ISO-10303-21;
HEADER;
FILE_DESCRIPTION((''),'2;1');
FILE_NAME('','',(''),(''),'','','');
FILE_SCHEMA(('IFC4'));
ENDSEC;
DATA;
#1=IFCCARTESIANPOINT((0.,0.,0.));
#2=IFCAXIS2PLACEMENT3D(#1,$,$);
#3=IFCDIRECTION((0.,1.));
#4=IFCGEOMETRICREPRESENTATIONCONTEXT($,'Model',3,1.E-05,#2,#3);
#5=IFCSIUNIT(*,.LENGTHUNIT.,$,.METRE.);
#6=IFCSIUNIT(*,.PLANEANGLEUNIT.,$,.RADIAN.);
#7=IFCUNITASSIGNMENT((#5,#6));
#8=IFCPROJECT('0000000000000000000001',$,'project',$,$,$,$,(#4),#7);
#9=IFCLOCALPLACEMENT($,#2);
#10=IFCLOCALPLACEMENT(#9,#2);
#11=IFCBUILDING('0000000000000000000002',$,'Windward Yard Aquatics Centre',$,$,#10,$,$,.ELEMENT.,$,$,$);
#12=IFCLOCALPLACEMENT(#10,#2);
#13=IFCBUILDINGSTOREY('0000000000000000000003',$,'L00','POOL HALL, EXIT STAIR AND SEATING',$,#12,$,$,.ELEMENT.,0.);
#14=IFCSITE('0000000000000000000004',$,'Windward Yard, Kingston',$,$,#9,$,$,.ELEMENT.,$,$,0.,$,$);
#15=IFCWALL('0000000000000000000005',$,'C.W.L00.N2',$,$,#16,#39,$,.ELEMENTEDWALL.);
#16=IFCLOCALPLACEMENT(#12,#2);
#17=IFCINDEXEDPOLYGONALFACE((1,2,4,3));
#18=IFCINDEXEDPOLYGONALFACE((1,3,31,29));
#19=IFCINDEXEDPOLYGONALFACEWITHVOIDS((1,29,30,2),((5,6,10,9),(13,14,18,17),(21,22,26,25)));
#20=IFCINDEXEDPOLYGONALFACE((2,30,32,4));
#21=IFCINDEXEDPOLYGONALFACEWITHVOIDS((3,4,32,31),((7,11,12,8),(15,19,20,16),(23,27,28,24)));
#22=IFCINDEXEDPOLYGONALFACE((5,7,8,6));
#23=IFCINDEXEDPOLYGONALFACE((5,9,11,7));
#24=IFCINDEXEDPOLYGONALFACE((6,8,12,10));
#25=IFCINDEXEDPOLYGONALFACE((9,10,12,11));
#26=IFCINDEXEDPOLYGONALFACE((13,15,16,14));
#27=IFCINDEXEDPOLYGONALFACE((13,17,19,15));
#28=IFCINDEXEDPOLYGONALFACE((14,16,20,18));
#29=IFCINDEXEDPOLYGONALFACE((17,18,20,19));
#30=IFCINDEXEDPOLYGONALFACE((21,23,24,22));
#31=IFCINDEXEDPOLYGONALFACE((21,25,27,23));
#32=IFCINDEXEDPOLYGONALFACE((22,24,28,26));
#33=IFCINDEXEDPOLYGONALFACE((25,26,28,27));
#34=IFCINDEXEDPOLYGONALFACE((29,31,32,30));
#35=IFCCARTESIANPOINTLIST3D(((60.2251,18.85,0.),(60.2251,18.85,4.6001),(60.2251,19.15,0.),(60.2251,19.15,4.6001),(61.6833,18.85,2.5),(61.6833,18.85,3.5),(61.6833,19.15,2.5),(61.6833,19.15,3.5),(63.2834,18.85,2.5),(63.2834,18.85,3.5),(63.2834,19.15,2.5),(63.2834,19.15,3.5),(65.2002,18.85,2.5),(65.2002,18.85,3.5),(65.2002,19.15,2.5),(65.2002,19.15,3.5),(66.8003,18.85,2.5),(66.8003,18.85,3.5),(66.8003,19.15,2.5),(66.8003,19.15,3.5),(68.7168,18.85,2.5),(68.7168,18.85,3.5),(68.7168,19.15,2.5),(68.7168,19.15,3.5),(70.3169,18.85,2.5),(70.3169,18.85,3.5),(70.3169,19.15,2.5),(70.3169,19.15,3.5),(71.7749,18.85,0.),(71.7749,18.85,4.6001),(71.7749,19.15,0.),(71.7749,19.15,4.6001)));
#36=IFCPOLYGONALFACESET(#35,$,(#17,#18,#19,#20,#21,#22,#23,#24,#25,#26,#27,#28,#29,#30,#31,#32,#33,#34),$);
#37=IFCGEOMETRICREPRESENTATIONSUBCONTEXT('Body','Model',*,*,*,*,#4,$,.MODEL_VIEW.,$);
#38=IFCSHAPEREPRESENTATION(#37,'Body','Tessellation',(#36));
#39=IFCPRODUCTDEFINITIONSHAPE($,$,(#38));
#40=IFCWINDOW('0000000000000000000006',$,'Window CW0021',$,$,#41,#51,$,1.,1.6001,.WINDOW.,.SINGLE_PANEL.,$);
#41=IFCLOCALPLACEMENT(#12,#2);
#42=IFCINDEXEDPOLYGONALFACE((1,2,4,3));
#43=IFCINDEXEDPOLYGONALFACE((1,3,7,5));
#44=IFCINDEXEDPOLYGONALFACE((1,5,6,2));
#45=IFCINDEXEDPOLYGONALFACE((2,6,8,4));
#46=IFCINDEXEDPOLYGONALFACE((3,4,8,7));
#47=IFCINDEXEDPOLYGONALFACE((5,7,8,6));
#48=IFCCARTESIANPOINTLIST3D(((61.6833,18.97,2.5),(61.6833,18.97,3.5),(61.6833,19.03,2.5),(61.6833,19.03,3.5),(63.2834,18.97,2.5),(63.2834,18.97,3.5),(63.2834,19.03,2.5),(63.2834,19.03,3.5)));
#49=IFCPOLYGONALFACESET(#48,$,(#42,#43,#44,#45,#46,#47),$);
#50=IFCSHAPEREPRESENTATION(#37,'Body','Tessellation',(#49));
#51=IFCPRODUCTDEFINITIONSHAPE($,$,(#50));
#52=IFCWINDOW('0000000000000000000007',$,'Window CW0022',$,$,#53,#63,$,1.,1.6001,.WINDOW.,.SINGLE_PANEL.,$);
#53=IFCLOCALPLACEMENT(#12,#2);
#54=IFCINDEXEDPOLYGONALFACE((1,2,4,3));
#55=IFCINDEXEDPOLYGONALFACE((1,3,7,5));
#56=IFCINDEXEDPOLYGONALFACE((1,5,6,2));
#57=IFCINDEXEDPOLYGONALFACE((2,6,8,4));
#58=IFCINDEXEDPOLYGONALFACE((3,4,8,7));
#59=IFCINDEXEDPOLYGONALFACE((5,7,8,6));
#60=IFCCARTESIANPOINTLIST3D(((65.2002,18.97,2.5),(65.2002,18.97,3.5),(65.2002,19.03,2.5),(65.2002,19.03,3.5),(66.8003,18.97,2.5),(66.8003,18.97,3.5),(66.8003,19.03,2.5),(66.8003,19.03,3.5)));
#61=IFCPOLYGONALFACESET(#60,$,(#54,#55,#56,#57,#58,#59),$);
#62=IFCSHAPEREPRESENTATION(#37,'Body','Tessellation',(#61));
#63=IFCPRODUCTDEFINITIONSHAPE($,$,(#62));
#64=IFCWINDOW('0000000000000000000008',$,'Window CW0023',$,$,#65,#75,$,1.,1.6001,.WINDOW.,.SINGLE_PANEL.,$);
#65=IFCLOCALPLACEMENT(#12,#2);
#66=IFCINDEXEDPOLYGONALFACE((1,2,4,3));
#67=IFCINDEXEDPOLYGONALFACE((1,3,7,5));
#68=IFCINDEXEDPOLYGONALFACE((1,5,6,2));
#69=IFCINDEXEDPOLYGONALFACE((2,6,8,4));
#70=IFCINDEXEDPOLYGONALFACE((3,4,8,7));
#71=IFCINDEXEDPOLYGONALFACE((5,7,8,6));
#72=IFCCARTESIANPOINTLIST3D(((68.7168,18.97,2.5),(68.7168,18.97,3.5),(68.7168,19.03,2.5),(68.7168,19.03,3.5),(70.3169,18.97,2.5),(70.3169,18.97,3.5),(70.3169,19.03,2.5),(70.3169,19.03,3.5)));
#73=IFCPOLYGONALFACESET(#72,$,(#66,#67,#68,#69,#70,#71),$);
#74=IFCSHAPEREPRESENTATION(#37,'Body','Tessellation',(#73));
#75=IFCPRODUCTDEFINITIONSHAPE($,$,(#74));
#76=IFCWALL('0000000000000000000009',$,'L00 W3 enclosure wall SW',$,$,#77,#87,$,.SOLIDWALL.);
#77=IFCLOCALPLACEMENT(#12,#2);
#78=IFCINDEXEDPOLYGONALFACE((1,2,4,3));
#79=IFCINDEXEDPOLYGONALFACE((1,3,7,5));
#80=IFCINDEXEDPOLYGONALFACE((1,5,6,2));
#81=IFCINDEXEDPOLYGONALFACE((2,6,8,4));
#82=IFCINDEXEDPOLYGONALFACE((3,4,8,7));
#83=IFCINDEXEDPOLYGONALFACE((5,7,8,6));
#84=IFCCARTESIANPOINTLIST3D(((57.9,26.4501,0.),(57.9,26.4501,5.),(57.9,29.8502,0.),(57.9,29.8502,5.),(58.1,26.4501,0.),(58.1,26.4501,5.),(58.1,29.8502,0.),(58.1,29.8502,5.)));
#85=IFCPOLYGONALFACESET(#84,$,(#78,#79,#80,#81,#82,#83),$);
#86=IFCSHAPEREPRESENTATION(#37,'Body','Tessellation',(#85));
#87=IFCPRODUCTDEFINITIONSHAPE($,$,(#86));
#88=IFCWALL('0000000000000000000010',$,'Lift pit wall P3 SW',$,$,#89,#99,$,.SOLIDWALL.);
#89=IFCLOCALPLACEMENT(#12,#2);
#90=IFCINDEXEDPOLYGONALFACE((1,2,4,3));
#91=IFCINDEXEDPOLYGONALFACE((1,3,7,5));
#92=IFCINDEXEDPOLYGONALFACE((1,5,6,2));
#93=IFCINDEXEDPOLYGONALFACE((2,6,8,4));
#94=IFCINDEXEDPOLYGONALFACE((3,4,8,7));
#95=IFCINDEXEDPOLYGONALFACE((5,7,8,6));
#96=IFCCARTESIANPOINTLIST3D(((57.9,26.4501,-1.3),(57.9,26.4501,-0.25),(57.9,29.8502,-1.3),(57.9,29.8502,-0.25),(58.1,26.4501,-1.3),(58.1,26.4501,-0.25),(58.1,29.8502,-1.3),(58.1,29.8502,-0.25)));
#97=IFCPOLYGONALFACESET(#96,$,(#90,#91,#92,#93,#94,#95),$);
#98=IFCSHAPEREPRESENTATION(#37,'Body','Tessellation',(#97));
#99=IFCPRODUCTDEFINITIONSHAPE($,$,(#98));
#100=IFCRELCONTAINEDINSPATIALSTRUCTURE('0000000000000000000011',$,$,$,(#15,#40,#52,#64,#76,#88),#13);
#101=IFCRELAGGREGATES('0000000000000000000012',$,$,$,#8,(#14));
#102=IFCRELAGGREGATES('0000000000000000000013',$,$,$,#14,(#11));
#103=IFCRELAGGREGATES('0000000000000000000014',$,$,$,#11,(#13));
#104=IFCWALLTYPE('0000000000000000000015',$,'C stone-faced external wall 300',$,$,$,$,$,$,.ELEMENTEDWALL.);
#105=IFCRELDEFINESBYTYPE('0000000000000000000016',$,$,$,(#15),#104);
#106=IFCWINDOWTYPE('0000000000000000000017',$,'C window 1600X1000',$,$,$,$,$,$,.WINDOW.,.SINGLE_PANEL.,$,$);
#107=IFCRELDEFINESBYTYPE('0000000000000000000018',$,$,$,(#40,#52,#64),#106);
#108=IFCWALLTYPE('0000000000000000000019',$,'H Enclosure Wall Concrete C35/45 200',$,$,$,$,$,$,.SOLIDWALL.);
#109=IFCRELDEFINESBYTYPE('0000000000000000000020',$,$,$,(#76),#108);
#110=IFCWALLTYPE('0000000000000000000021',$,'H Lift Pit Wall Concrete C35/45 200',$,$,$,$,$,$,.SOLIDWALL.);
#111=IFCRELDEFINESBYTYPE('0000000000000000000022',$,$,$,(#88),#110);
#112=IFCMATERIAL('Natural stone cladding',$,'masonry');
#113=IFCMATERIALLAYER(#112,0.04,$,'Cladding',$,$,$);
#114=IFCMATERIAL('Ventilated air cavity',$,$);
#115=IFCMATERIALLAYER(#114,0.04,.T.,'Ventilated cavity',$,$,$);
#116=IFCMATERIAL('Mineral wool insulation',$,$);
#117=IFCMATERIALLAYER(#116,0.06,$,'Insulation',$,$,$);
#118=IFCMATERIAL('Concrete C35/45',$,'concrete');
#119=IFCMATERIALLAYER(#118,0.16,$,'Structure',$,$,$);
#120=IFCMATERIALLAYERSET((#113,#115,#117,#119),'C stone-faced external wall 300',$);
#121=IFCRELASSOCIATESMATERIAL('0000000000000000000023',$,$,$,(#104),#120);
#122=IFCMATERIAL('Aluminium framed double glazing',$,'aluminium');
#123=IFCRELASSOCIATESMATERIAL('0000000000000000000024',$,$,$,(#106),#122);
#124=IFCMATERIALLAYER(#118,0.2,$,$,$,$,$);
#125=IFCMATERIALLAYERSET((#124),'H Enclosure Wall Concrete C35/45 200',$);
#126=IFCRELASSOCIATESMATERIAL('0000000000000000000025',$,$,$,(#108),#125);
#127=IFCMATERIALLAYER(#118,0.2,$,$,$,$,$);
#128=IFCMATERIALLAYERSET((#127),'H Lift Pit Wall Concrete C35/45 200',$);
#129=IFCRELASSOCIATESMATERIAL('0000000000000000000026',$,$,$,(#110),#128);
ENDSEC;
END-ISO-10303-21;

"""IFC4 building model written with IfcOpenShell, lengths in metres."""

from ifc_helpers import new_model, si_unit, direction, frame, frame_2d, origin, place, context, subcontext, project, spatial, rectangle, extrude, material, layer, layer_set, type_object, element, fill, save


model = new_model("IFC4")

# Units and contexts
model_context = context("Model", 3, precision=1e-05, world=origin(), true_north=direction((0.0, 1.0)))
body_context = subcontext(model_context, "Body", "Model", "MODEL_VIEW")
ifc_project = project(units=[si_unit("LENGTHUNIT", "METRE"), si_unit("PLANEANGLEUNIT", "RADIAN")], contexts=[model_context])

# Site, building, storey
site_placement = place(None, origin())
site = spatial("IfcSite", under=ifc_project, at=site_placement, Name="Windward Yard, Kingston", CompositionType="ELEMENT", RefElevation=0.0)
building_placement = place(site_placement, origin())
building = spatial("IfcBuilding", under=site, at=building_placement, Name="Windward Yard Aquatics Centre", CompositionType="ELEMENT")
storey_placement = place(building_placement, origin())
storey = spatial("IfcBuildingStorey", under=building, at=storey_placement, Name="L00", Description="POOL HALL, EXIT STAIR AND SEATING", CompositionType="ELEMENT", Elevation=0.0)

# Shared definitions
ifc_material_1 = material(Name="Concrete C35/45", Category="concrete")

# Wall, openings, windows
ifc_material_2 = material(Name="Natural stone cladding", Category="masonry")
ifc_layer_1 = layer(ifc_material_2, 0.04, Name="Cladding")
ifc_material_3 = material(Name="Ventilated air cavity")
ifc_layer_2 = layer(ifc_material_3, 0.04, ventilated=True, Name="Ventilated cavity")
ifc_material_4 = material(Name="Mineral wool insulation")
ifc_layer_3 = layer(ifc_material_4, 0.06, Name="Insulation")
ifc_layer_4 = layer(ifc_material_1, 0.16, Name="Structure")
ifc_layer_set_1 = layer_set([ifc_layer_1, ifc_layer_2, ifc_layer_3, ifc_layer_4], Name="C stone-faced external wall 300")
wall_type_1 = type_object("IfcWallType", Name="C stone-faced external wall 300", PredefinedType="ELEMENTEDWALL", material=ifc_layer_set_1)
wall_1_placement = place(storey_placement, frame((60.2251, 19.0, 0.0), z_axis=(0.0, 0.0, 1.0), x_axis=(1.0, 0.0, 0.0)))
wall_1 = element("IfcWall", 1, at=wall_1_placement, inside=storey, type_object=wall_type_1, Name="C.W.L00.N2", PredefinedType="ELEMENTEDWALL", context=body_context, shape_type="SweptSolid", body=[
    extrude(rectangle(XDim=11.5498, YDim=0.3, at=frame_2d((5.7749, 0.0))), origin(), (0.0, 0.0, 1.0), 4.6001),
])
opening_1_placement = place(wall_1_placement, frame((1.4583, 0.0, 2.5)))
opening_1 = element("IfcOpeningElement", 2, at=opening_1_placement, cuts=wall_1, PredefinedType="OPENING", context=body_context, shape_type="SweptSolid", body=[
    extrude(rectangle(XDim=1.6001, YDim=1.0, at=frame_2d((0.8, 0.5))), frame((0.0, 0.1602, 0.0), z_axis=(0.0, -1.0, 0.0), x_axis=(1.0, 0.0, 0.0)), (0.0, 0.0, 1.0), 0.3201),
])
opening_2_placement = place(wall_1_placement, frame((4.9751, 0.0, 2.5)))
opening_2 = element("IfcOpeningElement", 3, at=opening_2_placement, cuts=wall_1, PredefinedType="OPENING", context=body_context, shape_type="SweptSolid", body=[
    extrude(rectangle(XDim=1.6001, YDim=1.0, at=frame_2d((0.8, 0.5))), frame((0.0, 0.1602, 0.0), z_axis=(0.0, -1.0, 0.0), x_axis=(1.0, 0.0, 0.0)), (0.0, 0.0, 1.0), 0.3201),
])
opening_3_placement = place(wall_1_placement, frame((8.4917, 0.0, 2.5)))
opening_3 = element("IfcOpeningElement", 4, at=opening_3_placement, cuts=wall_1, PredefinedType="OPENING", context=body_context, shape_type="SweptSolid", body=[
    extrude(rectangle(XDim=1.6001, YDim=1.0, at=frame_2d((0.8, 0.5))), frame((0.0, 0.1602, 0.0), z_axis=(0.0, -1.0, 0.0), x_axis=(1.0, 0.0, 0.0)), (0.0, 0.0, 1.0), 0.3201),
])
ifc_material_5 = material(Name="Aluminium framed double glazing", Category="aluminium")
window_type_1 = type_object("IfcWindowType", Name="C window 1600X1000", PartitioningType="SINGLE_PANEL", PredefinedType="WINDOW", material=ifc_material_5)
window_1_placement = place(opening_1_placement, origin())
window_1 = element("IfcWindow", 5, at=window_1_placement, inside=storey, type_object=window_type_1, Name="Window CW0021", OverallHeight=1.0, OverallWidth=1.6001, PartitioningType="SINGLE_PANEL", PredefinedType="WINDOW", context=body_context, shape_type="SweptSolid", body=[
    extrude(rectangle(XDim=1.6001, YDim=1.0, at=frame_2d((0.8, 0.5))), frame((0.0, 0.03, 0.0), z_axis=(0.0, -1.0, 0.0), x_axis=(1.0, 0.0, 0.0)), (0.0, 0.0, 1.0), 0.0601),
])
fill(opening_1, window_1)
window_2_placement = place(opening_2_placement, origin())
window_2 = element("IfcWindow", 6, at=window_2_placement, inside=storey, type_object=window_type_1, Name="Window CW0022", OverallHeight=1.0, OverallWidth=1.6001, PartitioningType="SINGLE_PANEL", PredefinedType="WINDOW", context=body_context, shape_type="SweptSolid", body=[
    extrude(rectangle(XDim=1.6001, YDim=1.0, at=frame_2d((0.8, 0.5))), frame((0.0, 0.03, 0.0), z_axis=(0.0, -1.0, 0.0), x_axis=(1.0, 0.0, 0.0)), (0.0, 0.0, 1.0), 0.0601),
])
fill(opening_2, window_2)
window_3_placement = place(opening_3_placement, origin())
window_3 = element("IfcWindow", 7, at=window_3_placement, inside=storey, type_object=window_type_1, Name="Window CW0023", OverallHeight=1.0, OverallWidth=1.6001, PartitioningType="SINGLE_PANEL", PredefinedType="WINDOW", context=body_context, shape_type="SweptSolid", body=[
    extrude(rectangle(XDim=1.6001, YDim=1.0, at=frame_2d((0.8, 0.5))), frame((0.0, 0.03, 0.0), z_axis=(0.0, -1.0, 0.0), x_axis=(1.0, 0.0, 0.0)), (0.0, 0.0, 1.0), 0.0601),
])
fill(opening_3, window_3)

# Walls
ifc_layer_5 = layer(ifc_material_1, 0.2)
ifc_layer_set_2 = layer_set([ifc_layer_5], Name="H Enclosure Wall Concrete C35/45 200")
wall_type_2 = type_object("IfcWallType", Name="H Enclosure Wall Concrete C35/45 200", PredefinedType="SOLIDWALL", material=ifc_layer_set_2)
wall_2_placement = place(storey_placement, frame((58.0, 26.45, 0.0), z_axis=(0.0, 0.0, 1.0), x_axis=(0.0, 1.0, 0.0)))
element("IfcWall", 8, at=wall_2_placement, inside=storey, type_object=wall_type_2, Name="L00 W3 enclosure wall SW", PredefinedType="SOLIDWALL", context=body_context, shape_type="SweptSolid", body=[
    extrude(rectangle(XDim=3.4001, YDim=0.2, at=frame_2d((1.7002, 0.0))), origin(), (0.0, 0.0, 1.0), 5.0),
])
ifc_layer_6 = layer(ifc_material_1, 0.2)
ifc_layer_set_3 = layer_set([ifc_layer_6], Name="H Lift Pit Wall Concrete C35/45 200")
wall_type_3 = type_object("IfcWallType", Name="H Lift Pit Wall Concrete C35/45 200", PredefinedType="SOLIDWALL", material=ifc_layer_set_3)
wall_3_placement = place(storey_placement, frame((58.0, 26.45, -1.3), z_axis=(0.0, 0.0, 1.0), x_axis=(0.0, 1.0, 0.0)))
element("IfcWall", 9, at=wall_3_placement, inside=storey, type_object=wall_type_3, Name="Lift pit wall P3 SW", PredefinedType="SOLIDWALL", context=body_context, shape_type="SweptSolid", body=[
    extrude(rectangle(XDim=3.4001, YDim=0.2, at=frame_2d((1.7002, 0.0))), origin(), (0.0, 0.0, 1.0), 1.05),
])

save(model, "model.ifc")
